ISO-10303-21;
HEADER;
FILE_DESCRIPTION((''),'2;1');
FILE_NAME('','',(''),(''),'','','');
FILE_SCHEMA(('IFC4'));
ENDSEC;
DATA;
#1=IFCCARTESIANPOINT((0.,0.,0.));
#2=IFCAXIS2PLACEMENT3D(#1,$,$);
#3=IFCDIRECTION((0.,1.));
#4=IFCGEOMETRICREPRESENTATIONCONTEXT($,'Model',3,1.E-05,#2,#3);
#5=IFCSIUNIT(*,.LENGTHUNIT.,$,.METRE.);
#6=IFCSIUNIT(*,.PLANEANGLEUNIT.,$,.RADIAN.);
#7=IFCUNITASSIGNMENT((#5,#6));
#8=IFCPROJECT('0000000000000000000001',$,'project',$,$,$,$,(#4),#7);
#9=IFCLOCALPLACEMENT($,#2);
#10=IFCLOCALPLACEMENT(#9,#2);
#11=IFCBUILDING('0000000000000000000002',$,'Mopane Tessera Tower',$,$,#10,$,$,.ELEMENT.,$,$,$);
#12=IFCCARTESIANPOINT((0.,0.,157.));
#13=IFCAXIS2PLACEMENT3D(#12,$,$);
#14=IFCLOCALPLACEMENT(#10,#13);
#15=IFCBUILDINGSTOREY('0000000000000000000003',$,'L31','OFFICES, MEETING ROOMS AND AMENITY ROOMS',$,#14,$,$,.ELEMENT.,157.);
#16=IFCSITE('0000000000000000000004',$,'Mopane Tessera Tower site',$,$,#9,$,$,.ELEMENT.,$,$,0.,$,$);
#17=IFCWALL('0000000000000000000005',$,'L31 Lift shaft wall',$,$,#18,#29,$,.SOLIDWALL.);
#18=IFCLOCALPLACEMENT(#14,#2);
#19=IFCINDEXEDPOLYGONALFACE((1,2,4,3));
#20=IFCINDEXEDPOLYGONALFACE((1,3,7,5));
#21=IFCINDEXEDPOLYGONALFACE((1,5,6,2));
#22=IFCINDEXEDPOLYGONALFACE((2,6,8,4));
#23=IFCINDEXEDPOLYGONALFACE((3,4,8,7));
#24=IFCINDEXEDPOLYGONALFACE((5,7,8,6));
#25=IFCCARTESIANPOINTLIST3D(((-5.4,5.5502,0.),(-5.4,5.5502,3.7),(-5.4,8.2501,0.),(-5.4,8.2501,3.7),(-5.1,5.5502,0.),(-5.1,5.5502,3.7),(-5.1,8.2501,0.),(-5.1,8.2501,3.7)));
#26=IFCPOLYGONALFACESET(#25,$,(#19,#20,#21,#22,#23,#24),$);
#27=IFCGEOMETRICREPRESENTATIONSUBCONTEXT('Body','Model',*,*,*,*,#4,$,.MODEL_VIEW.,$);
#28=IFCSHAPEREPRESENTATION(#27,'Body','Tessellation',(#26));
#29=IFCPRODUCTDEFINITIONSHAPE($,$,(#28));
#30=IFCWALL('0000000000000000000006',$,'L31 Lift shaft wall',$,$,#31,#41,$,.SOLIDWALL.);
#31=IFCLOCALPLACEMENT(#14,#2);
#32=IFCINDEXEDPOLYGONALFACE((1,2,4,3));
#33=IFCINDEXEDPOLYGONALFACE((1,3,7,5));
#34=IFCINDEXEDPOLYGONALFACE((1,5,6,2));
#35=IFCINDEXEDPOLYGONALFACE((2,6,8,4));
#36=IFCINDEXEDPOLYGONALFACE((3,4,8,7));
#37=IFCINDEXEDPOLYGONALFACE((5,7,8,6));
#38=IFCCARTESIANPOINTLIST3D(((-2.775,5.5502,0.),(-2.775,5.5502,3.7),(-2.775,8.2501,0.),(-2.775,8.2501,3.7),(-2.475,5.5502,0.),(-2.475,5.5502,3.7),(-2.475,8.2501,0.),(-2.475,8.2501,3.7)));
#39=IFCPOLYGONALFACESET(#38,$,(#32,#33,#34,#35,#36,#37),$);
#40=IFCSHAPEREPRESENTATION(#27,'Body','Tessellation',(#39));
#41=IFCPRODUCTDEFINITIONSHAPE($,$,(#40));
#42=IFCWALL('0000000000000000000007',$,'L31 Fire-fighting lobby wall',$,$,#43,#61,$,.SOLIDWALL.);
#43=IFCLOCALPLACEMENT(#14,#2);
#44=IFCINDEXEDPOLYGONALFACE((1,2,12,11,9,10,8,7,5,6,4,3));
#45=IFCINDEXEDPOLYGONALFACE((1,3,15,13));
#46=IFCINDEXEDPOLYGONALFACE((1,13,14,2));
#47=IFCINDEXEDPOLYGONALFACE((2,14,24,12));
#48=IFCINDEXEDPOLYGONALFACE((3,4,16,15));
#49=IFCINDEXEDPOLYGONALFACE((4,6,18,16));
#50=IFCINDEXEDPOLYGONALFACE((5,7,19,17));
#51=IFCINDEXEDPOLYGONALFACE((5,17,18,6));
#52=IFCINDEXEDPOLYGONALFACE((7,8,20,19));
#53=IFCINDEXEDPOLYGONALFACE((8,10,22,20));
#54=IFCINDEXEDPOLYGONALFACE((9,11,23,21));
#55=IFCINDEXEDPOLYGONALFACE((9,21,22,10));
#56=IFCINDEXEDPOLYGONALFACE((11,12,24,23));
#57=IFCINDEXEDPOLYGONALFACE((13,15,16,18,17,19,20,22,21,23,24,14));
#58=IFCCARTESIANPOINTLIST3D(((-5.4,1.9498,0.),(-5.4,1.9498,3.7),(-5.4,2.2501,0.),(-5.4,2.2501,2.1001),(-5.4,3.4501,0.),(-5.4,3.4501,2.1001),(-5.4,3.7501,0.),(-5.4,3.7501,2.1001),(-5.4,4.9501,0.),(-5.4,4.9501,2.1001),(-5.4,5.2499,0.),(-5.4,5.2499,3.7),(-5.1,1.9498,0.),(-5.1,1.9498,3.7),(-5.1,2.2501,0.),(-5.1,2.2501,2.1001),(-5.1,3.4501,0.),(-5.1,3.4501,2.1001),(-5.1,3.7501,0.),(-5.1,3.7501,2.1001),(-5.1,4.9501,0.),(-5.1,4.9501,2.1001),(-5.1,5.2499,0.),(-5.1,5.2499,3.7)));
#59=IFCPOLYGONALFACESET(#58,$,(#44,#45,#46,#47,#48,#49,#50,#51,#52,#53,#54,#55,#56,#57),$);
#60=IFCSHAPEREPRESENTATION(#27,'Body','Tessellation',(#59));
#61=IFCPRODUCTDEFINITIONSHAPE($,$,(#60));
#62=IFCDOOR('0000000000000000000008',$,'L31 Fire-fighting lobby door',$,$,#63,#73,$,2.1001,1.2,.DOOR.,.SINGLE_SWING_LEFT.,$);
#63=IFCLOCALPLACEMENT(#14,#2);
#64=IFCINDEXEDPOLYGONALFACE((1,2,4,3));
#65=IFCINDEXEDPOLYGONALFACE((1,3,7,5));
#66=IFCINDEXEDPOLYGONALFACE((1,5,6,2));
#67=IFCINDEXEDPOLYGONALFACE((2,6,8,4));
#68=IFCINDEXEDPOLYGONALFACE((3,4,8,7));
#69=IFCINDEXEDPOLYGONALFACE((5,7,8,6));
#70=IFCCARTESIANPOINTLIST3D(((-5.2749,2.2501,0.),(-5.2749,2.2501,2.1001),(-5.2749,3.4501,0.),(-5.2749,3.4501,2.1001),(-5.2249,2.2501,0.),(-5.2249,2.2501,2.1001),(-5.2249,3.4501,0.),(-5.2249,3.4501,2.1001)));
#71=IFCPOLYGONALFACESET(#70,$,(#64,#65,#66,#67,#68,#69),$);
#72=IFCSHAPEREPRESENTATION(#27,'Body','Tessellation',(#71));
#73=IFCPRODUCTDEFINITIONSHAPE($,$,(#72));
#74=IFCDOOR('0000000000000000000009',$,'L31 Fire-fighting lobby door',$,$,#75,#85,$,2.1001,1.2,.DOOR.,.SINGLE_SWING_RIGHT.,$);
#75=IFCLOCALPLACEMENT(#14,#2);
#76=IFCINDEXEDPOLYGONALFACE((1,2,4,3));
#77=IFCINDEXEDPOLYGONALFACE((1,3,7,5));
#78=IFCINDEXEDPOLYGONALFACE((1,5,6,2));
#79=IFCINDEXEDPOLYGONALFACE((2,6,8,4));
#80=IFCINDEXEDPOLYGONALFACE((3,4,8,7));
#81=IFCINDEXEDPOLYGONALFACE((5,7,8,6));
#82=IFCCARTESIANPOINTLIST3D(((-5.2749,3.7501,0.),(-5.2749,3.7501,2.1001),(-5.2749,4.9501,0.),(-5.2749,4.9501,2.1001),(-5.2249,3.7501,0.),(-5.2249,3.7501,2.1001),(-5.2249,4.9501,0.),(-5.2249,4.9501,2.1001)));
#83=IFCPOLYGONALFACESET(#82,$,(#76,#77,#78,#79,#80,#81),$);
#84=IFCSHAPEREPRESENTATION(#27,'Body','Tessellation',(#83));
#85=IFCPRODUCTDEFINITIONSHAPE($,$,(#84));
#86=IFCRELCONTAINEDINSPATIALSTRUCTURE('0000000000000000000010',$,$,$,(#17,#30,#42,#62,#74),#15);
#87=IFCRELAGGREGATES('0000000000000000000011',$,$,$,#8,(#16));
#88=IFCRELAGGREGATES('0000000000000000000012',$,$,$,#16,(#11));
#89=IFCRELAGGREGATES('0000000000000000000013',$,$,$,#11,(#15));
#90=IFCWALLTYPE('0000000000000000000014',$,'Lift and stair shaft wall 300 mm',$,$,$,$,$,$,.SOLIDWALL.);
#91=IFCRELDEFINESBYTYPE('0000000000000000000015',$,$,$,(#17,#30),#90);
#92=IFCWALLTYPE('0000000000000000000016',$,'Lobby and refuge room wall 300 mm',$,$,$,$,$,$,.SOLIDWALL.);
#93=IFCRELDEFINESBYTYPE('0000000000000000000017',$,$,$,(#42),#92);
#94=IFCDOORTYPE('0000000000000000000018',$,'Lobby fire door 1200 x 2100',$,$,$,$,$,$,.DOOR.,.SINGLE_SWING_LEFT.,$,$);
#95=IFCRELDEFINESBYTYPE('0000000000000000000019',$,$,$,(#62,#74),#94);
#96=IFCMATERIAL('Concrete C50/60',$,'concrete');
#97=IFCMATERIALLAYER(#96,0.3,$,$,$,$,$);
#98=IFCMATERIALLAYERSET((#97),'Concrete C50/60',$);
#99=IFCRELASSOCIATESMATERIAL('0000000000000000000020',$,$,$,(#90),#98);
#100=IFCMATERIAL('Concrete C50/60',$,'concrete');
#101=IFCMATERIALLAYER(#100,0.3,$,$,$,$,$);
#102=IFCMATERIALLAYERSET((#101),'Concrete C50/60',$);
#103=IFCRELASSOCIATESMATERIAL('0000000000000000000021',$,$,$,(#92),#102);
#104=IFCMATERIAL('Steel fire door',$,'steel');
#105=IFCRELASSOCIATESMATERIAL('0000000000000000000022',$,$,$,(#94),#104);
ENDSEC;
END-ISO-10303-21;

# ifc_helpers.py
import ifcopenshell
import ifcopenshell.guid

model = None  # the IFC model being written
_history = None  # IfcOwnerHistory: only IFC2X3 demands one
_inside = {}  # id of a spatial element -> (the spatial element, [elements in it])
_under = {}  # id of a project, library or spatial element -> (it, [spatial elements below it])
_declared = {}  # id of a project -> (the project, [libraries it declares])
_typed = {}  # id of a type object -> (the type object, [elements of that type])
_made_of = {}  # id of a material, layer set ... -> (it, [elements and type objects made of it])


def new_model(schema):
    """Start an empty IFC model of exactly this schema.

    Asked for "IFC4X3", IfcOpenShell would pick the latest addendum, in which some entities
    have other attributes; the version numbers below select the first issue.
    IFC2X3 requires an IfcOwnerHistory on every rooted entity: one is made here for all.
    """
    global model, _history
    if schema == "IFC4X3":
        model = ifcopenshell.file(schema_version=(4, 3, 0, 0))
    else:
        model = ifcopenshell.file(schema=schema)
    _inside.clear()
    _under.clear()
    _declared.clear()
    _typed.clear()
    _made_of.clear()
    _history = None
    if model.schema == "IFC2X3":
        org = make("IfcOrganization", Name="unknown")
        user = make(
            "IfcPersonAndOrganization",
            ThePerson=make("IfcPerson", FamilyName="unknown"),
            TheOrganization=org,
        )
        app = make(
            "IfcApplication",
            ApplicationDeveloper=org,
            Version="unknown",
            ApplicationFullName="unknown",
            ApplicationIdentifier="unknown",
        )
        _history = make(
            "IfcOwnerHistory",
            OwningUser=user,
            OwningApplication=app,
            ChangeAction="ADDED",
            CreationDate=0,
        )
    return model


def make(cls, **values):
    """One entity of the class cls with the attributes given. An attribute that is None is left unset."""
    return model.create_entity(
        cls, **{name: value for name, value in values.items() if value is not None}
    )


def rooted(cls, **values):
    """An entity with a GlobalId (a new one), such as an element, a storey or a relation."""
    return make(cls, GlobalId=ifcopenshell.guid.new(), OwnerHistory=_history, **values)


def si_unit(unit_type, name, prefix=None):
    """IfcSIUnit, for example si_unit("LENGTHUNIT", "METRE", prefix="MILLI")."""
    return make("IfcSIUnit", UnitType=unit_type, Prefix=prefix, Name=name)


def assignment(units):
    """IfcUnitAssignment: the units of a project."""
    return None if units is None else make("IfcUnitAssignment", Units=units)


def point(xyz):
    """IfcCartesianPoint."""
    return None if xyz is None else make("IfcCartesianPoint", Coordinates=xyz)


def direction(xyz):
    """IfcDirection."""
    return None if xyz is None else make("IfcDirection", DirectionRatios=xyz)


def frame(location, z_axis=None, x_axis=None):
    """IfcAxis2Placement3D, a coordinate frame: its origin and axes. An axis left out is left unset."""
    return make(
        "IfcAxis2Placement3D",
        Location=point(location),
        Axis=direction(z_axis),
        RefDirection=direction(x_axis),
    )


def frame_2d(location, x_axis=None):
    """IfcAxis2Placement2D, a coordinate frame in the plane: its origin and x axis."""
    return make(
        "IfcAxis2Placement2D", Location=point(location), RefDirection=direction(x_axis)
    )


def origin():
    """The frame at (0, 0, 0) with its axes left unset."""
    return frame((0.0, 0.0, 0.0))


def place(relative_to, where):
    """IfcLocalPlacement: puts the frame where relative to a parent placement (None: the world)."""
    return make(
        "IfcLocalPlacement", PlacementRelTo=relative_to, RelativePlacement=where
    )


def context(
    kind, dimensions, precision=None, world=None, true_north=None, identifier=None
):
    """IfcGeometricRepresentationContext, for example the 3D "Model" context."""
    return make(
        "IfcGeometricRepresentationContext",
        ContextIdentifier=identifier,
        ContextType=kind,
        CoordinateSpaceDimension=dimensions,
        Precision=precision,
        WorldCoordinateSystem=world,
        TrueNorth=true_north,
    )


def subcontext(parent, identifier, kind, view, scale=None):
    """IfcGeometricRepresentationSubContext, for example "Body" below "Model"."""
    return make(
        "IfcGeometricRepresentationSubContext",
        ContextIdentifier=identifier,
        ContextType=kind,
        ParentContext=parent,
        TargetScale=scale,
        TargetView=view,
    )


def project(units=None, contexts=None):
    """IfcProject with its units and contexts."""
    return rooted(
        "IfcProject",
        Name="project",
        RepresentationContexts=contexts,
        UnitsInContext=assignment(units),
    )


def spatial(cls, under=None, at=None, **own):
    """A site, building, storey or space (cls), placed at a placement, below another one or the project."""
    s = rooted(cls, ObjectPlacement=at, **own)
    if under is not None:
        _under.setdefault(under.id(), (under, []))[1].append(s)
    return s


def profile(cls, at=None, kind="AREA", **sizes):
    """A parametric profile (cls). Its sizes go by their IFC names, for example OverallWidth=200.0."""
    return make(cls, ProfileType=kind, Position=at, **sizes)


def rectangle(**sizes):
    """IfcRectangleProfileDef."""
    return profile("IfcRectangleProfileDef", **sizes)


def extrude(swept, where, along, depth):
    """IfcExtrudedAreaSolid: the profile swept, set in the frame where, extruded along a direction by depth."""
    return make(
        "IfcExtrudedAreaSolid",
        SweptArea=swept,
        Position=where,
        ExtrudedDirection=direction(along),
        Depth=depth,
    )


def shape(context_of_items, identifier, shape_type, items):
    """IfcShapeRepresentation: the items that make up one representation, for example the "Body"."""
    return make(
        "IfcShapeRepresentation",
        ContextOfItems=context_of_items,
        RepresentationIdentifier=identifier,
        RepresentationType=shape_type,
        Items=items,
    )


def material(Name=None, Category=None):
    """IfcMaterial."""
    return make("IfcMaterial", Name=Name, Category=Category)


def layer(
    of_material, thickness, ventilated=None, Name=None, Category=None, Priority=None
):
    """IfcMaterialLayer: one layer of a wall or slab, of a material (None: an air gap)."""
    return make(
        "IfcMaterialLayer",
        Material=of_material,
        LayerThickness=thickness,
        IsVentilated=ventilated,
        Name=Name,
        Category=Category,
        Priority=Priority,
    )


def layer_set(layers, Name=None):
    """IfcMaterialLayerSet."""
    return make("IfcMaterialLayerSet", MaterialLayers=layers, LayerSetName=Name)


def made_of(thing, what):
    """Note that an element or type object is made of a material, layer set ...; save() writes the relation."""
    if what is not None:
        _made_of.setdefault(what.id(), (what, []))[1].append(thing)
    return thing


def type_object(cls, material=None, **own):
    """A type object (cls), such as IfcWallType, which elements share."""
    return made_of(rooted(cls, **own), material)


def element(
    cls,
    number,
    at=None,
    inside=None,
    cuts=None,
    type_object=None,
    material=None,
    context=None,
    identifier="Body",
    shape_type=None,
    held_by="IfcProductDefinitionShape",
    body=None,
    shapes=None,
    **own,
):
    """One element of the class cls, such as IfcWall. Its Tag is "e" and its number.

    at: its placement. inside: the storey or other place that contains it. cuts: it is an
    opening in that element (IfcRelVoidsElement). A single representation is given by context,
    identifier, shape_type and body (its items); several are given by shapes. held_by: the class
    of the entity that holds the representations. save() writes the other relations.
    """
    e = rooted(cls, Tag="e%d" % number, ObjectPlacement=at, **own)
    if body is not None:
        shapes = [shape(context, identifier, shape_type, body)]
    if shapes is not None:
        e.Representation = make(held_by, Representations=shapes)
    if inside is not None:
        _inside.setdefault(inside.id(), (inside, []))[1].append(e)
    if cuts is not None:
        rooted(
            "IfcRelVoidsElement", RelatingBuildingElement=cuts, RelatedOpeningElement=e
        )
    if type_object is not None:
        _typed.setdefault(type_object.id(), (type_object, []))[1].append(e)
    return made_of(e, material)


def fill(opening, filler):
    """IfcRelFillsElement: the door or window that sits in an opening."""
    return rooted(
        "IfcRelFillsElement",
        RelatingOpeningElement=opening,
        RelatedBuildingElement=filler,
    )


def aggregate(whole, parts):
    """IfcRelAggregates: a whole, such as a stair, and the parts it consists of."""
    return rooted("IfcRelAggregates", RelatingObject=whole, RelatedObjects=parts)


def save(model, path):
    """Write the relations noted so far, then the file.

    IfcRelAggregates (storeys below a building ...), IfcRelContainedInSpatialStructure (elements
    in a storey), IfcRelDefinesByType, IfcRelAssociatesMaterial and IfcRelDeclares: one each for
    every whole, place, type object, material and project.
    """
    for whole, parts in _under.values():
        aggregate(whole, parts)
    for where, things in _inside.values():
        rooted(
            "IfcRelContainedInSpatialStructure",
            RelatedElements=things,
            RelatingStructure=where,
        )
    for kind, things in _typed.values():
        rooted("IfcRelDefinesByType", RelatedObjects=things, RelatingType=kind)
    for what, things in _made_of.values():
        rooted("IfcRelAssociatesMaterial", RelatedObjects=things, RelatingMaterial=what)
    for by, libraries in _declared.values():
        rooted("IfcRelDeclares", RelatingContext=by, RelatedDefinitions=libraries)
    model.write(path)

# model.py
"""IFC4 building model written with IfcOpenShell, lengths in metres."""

from ifc_helpers import new_model, si_unit, direction, frame, frame_2d, origin, place, context, subcontext, project, spatial, rectangle, extrude, material, layer, layer_set, type_object, element, fill, save


model = new_model("IFC4")

# Units and contexts
model_context = context("Model", 3, precision=1e-05, world=origin(), true_north=direction((0.0, 1.0)))
body_context = subcontext(model_context, "Body", "Model", "MODEL_VIEW")
ifc_project = project(units=[si_unit("LENGTHUNIT", "METRE"), si_unit("PLANEANGLEUNIT", "RADIAN")], contexts=[model_context])

# Site, building, storey
site_placement = place(None, origin())
site = spatial("IfcSite", under=ifc_project, at=site_placement, Name="Mopane Tessera Tower site", CompositionType="ELEMENT", RefElevation=0.0)
building_placement = place(site_placement, origin())
building = spatial("IfcBuilding", under=site, at=building_placement, Name="Mopane Tessera Tower", CompositionType="ELEMENT")
storey_placement = place(building_placement, frame((0.0, 0.0, 157.0)))
storey = spatial("IfcBuildingStorey", under=building, at=storey_placement, Name="L31", Description="OFFICES, MEETING ROOMS AND AMENITY ROOMS", CompositionType="ELEMENT", Elevation=157.0)

# Walls
ifc_material_1 = material(Name="Concrete C50/60", Category="concrete")
ifc_layer_1 = layer(ifc_material_1, 0.3)
ifc_layer_set_1 = layer_set([ifc_layer_1], Name="Concrete C50/60")
wall_type_1 = type_object("IfcWallType", Name="Lift and stair shaft wall 300 mm", PredefinedType="SOLIDWALL", material=ifc_layer_set_1)
for number, where, z_axis, x_axis, name in (
    (1, (-5.25, 5.55, 0.0), (0.0, 0.0, 1.0), (0.0, 1.0, 0.0), "L31 Lift shaft wall"),
    (2, (-2.625, 5.55, 0.0), (0.0, 0.0, 1.0), (0.0, 1.0, 0.0), "L31 Lift shaft wall"),
):
    element("IfcWall", number, at=place(storey_placement, frame(where, z_axis=z_axis, x_axis=x_axis)), inside=storey, type_object=wall_type_1, Name=name, PredefinedType="SOLIDWALL", context=body_context, shape_type="SweptSolid", body=[
        extrude(rectangle(XDim=2.7, YDim=0.3, at=frame_2d((1.3501, 0.0))), origin(), (0.0, 0.0, 1.0), 3.7),
    ])

# Wall, openings, doors
ifc_material_2 = material(Name="Concrete C50/60", Category="concrete")
ifc_layer_2 = layer(ifc_material_2, 0.3)
ifc_layer_set_2 = layer_set([ifc_layer_2], Name="Concrete C50/60")
wall_type_2 = type_object("IfcWallType", Name="Lobby and refuge room wall 300 mm", PredefinedType="SOLIDWALL", material=ifc_layer_set_2)
wall_placement = place(storey_placement, frame((-5.25, 1.95, 0.0), z_axis=(0.0, 0.0, 1.0), x_axis=(0.0, 1.0, 0.0)))
wall = element("IfcWall", 3, at=wall_placement, inside=storey, type_object=wall_type_2, Name="L31 Fire-fighting lobby wall", PredefinedType="SOLIDWALL", context=body_context, shape_type="SweptSolid", body=[
    extrude(rectangle(XDim=3.3, YDim=0.3, at=frame_2d((1.6499, 0.0))), origin(), (0.0, 0.0, 1.0), 3.7),
])
opening_1_placement = place(wall_placement, frame((0.3, 0.0, 0.0)))
opening_1 = element("IfcOpeningElement", 4, at=opening_1_placement, cuts=wall, PredefinedType="OPENING", context=body_context, shape_type="SweptSolid", body=[
    extrude(rectangle(XDim=1.2, YDim=2.1001, at=frame_2d((0.6001, 1.05))), frame((0.0, 0.1621, 0.0), z_axis=(0.0, -1.0, 0.0), x_axis=(1.0, 0.0, 0.0)), (0.0, 0.0, 1.0), 0.324),
])
opening_2_placement = place(wall_placement, frame((1.8, 0.0, 0.0)))
opening_2 = element("IfcOpeningElement", 5, at=opening_2_placement, cuts=wall, PredefinedType="OPENING", context=body_context, shape_type="SweptSolid", body=[
    extrude(rectangle(XDim=1.2, YDim=2.1001, at=frame_2d((0.6001, 1.05))), frame((0.0, 0.1621, 0.0), z_axis=(0.0, -1.0, 0.0), x_axis=(1.0, 0.0, 0.0)), (0.0, 0.0, 1.0), 0.324),
])
ifc_material_3 = material(Name="Steel fire door", Category="steel")
door_type = type_object("IfcDoorType", Name="Lobby fire door 1200 x 2100", OperationType="SINGLE_SWING_LEFT", PredefinedType="DOOR", material=ifc_material_3)
door_1_placement = place(opening_1_placement, origin())
door_1 = element("IfcDoor", 6, at=door_1_placement, inside=storey, type_object=door_type, Name="L31 Fire-fighting lobby door", OperationType="SINGLE_SWING_LEFT", OverallHeight=2.1001, OverallWidth=1.2, PredefinedType="DOOR", context=body_context, shape_type="SweptSolid", body=[
    extrude(rectangle(XDim=1.2, YDim=2.1001, at=frame_2d((0.6001, 1.05))), frame((0.0, 0.0249, 0.0), z_axis=(0.0, -1.0, 0.0), x_axis=(1.0, 0.0, 0.0)), (0.0, 0.0, 1.0), 0.05),
])
fill(opening_1, door_1)
door_2_placement = place(opening_2_placement, origin())
door_2 = element("IfcDoor", 7, at=door_2_placement, inside=storey, type_object=door_type, Name="L31 Fire-fighting lobby door", OperationType="SINGLE_SWING_RIGHT", OverallHeight=2.1001, OverallWidth=1.2, PredefinedType="DOOR", context=body_context, shape_type="SweptSolid", body=[
    extrude(rectangle(XDim=1.2, YDim=2.1001, at=frame_2d((0.6001, 1.05))), frame((0.0, 0.0249, 0.0), z_axis=(0.0, -1.0, 0.0), x_axis=(1.0, 0.0, 0.0)), (0.0, 0.0, 1.0), 0.05),
])
fill(opening_2, door_2)

save(model, "model.ifc")
